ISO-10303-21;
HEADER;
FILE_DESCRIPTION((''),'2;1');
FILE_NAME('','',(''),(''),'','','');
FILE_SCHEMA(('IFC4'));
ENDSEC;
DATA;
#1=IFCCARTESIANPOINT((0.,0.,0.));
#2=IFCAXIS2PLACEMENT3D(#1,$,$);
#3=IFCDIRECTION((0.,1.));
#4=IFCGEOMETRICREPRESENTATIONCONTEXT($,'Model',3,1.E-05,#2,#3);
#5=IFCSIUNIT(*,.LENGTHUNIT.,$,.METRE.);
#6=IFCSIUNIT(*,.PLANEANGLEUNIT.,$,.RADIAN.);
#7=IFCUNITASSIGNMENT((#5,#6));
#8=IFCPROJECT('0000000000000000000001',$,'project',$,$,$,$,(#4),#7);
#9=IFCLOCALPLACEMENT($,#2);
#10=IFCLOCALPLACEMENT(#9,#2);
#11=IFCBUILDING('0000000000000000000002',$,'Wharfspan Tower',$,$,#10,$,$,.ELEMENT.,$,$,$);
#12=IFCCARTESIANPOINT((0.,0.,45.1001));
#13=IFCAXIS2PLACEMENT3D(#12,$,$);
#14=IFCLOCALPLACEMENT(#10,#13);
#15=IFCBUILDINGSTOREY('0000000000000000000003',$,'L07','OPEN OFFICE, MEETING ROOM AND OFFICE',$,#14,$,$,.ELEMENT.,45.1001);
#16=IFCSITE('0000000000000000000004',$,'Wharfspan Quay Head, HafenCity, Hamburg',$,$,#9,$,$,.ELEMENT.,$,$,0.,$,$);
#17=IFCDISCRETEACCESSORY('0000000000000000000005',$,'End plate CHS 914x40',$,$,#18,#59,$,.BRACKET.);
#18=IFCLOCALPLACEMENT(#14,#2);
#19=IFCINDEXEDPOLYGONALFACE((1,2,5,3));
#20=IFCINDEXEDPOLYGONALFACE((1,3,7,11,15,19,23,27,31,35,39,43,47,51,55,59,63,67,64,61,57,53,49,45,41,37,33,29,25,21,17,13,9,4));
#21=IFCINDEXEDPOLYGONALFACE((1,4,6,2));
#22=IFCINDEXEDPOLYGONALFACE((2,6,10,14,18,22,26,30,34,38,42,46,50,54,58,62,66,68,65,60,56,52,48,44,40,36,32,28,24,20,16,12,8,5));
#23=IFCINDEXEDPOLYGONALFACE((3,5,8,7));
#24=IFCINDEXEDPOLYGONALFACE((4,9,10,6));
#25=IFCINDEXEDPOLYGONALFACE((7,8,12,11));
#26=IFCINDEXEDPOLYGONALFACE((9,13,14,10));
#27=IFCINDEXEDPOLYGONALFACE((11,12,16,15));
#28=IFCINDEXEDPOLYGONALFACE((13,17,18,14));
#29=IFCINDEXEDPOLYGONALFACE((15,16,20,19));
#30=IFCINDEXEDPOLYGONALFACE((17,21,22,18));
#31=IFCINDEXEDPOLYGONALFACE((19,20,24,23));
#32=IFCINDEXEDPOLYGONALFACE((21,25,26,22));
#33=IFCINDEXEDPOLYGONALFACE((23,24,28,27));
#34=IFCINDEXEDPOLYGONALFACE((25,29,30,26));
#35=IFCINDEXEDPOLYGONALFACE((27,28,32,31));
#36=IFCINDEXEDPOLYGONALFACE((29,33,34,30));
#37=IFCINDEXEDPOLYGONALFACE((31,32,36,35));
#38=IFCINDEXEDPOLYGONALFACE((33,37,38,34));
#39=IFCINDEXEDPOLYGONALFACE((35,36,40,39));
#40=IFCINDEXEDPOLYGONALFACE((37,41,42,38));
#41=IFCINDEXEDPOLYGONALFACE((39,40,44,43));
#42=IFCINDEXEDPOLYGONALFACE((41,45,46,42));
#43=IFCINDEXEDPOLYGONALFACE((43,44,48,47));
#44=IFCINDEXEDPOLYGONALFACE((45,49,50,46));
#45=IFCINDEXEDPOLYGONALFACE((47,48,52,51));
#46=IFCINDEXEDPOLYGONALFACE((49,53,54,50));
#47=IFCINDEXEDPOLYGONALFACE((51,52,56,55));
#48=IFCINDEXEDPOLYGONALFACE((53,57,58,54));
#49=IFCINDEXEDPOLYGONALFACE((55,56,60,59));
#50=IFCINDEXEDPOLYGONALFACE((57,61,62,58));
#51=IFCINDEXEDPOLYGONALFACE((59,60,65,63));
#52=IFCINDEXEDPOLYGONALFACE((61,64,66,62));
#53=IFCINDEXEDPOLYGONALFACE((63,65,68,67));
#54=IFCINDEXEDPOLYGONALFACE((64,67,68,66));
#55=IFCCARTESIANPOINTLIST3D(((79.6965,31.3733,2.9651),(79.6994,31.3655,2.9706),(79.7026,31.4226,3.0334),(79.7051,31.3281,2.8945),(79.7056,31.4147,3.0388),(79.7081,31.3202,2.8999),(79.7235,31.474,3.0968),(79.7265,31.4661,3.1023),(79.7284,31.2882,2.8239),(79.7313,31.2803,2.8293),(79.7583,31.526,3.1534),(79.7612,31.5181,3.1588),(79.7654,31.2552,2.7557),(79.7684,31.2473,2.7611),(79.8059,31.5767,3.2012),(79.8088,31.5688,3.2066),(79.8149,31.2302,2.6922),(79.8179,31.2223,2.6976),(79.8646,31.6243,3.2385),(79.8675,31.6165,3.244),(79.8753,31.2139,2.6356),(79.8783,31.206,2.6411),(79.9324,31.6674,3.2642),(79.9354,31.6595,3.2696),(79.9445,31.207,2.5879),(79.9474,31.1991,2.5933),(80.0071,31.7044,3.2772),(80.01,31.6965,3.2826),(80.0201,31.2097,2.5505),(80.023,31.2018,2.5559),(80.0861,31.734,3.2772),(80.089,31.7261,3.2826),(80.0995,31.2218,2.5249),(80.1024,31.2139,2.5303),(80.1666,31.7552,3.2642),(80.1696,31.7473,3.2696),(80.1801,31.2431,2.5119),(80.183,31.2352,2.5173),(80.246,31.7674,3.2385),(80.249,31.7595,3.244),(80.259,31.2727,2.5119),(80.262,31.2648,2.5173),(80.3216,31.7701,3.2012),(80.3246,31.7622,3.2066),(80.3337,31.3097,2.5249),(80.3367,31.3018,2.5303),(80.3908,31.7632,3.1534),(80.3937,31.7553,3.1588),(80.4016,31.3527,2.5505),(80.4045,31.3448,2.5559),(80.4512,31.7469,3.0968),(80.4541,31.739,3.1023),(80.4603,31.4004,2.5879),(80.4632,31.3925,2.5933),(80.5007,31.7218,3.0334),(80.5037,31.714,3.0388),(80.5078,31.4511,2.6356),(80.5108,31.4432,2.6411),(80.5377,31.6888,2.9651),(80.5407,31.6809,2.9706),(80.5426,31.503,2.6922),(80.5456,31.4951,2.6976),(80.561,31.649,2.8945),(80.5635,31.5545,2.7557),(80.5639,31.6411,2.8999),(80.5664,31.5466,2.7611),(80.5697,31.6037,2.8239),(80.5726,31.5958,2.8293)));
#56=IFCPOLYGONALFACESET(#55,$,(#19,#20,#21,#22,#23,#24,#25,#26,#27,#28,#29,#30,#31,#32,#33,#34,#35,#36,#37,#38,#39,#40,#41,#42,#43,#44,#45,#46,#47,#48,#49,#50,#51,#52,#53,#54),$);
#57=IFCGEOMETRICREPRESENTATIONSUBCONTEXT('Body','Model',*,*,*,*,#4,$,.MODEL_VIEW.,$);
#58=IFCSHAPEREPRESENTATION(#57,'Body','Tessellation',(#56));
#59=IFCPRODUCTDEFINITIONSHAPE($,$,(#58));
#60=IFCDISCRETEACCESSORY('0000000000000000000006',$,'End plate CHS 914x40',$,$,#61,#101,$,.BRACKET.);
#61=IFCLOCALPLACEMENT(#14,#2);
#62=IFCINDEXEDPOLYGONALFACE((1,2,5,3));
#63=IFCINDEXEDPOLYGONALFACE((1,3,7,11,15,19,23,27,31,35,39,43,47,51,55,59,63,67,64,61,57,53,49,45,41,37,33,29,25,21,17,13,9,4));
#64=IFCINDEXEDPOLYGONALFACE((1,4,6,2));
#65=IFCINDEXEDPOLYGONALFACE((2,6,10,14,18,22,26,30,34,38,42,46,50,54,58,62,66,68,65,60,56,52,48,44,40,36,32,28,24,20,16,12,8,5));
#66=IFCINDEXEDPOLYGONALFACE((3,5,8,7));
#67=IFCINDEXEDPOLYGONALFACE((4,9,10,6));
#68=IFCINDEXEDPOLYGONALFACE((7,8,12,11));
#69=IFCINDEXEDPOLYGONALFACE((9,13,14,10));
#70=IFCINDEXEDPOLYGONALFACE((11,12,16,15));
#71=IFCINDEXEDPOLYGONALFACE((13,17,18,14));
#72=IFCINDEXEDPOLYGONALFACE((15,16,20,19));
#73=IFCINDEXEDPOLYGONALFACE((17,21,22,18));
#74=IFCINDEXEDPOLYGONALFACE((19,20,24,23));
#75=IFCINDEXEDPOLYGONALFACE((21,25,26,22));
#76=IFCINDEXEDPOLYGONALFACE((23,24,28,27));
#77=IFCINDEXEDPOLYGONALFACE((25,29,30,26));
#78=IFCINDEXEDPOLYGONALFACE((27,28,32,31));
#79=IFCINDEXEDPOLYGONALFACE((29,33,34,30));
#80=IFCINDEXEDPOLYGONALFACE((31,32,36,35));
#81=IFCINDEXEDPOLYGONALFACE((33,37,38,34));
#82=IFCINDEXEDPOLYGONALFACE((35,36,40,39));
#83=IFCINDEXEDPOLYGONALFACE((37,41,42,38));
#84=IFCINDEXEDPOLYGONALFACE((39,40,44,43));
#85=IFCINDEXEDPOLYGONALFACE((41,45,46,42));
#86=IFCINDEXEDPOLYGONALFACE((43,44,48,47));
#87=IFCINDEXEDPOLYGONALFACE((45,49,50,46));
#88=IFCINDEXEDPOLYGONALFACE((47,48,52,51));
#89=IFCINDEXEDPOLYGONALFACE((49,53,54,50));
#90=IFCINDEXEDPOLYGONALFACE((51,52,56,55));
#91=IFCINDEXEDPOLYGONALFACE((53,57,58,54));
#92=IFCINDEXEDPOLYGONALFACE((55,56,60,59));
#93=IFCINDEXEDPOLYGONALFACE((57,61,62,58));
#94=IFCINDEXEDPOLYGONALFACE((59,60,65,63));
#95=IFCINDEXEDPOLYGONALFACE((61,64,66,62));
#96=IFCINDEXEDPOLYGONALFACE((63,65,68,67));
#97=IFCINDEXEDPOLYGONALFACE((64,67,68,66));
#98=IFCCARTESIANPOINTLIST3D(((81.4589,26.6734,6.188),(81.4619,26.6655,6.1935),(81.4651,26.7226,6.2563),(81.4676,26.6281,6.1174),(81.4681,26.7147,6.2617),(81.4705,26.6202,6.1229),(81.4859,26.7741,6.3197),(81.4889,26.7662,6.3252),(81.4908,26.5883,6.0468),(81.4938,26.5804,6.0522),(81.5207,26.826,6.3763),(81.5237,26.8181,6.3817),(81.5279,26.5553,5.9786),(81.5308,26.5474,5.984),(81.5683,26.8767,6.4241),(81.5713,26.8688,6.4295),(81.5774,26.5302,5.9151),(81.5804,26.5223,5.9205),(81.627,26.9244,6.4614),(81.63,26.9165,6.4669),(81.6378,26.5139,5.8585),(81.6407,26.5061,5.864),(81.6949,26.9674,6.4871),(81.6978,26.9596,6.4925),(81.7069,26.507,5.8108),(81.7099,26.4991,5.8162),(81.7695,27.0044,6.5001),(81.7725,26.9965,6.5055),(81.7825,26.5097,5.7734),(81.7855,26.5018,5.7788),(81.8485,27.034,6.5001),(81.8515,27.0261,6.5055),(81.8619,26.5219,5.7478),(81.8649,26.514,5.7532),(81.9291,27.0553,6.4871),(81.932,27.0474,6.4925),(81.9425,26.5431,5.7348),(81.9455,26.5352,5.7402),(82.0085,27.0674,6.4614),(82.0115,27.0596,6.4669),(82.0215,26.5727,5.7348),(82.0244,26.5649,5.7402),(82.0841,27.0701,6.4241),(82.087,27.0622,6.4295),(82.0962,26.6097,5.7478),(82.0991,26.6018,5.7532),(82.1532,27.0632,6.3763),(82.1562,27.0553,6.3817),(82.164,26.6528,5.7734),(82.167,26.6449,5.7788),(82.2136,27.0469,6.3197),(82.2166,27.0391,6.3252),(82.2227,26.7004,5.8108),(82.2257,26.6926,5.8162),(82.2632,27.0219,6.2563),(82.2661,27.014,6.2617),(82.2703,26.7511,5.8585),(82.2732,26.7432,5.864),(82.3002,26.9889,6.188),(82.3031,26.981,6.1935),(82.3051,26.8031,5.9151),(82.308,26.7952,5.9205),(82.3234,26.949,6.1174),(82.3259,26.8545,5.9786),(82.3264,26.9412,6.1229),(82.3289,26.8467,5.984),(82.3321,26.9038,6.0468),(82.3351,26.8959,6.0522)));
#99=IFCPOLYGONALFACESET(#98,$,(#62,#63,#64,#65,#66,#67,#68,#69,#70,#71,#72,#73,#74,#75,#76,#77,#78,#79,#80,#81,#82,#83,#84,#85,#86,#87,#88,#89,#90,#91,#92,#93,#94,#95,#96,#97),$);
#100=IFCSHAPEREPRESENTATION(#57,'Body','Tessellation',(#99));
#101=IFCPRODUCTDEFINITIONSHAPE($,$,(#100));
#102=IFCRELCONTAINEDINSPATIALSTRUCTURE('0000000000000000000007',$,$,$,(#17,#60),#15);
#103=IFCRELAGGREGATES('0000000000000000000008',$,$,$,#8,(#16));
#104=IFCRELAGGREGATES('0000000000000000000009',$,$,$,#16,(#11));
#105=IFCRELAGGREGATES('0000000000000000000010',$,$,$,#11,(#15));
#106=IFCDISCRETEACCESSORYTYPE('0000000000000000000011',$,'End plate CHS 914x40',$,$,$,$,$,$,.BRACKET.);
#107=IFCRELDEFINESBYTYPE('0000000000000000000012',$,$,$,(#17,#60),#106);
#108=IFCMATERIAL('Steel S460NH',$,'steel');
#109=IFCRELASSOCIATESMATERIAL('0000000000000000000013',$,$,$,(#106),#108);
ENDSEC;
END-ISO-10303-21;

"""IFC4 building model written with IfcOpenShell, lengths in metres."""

from ifc_helpers import new_model, si_unit, direction, frame, origin, origin_2d, place, context, subcontext, project, spatial, circle, extrude, material, material_profile, profile_set, type_object, element, save


model = new_model("IFC4")

# Units and contexts
model_context = context("Model", 3, precision=1e-05, world=origin(), true_north=direction((0.0, 1.0)))
body_context = subcontext(model_context, "Body", "Model", "MODEL_VIEW")
ifc_project = project(units=[si_unit("LENGTHUNIT", "METRE"), si_unit("PLANEANGLEUNIT", "RADIAN")], contexts=[model_context])

# Site, building, storey
site_placement = place(None, origin())
site = spatial("IfcSite", under=ifc_project, at=site_placement, Name="Wharfspan Quay Head, HafenCity, Hamburg", CompositionType="ELEMENT", RefElevation=0.0)
building_placement = place(site_placement, origin())
building = spatial("IfcBuilding", under=site, at=building_placement, Name="Wharfspan Tower", CompositionType="ELEMENT")
storey_placement = place(building_placement, frame((0.0, 0.0, 45.1001)))
storey = spatial("IfcBuildingStorey", under=building, at=storey_placement, Name="L07", Description="OPEN OFFICE, MEETING ROOM AND OFFICE", CompositionType="ELEMENT", Elevation=45.1001)

# Shared definitions
ifc_material_1 = material(Name="Steel S460NH", Category="steel")

# Discrete accessories
ifc_material_profile_1 = material_profile(ifc_material_1, circle(Radius=0.457, at=origin_2d()))
ifc_profile_set_1 = profile_set([ifc_material_profile_1], Name="Steel S460NH")
discrete_accessory_type = type_object("IfcDiscreteAccessoryType", Name="End plate CHS 914x40", PredefinedType="BRACKET", material=ifc_profile_set_1)
for number, where, z_axis, x_axis, name in (
    (1, (80.1331, 31.4885, 2.8945), (0.295241, -0.787309, 0.541275), (0.936333, 0.351125, 0.0), "End plate CHS 914x40"),
    (2, (81.8955, 26.7886, 6.1174), (0.295241, -0.787309, 0.541275), (0.936333, 0.351125, 0.0), "End plate CHS 914x40"),
):
    element("IfcDiscreteAccessory", number, at=place(storey_placement, frame(where, z_axis=z_axis, x_axis=x_axis)), inside=storey, type_object=discrete_accessory_type, Name=name, PredefinedType="BRACKET", context=body_context, shape_type="SweptSolid", body=[
        extrude(circle(Radius=0.457, at=origin_2d()), origin(), (0.0, 0.0, 1.0), 0.01),
    ])

save(model, "model.ifc")
